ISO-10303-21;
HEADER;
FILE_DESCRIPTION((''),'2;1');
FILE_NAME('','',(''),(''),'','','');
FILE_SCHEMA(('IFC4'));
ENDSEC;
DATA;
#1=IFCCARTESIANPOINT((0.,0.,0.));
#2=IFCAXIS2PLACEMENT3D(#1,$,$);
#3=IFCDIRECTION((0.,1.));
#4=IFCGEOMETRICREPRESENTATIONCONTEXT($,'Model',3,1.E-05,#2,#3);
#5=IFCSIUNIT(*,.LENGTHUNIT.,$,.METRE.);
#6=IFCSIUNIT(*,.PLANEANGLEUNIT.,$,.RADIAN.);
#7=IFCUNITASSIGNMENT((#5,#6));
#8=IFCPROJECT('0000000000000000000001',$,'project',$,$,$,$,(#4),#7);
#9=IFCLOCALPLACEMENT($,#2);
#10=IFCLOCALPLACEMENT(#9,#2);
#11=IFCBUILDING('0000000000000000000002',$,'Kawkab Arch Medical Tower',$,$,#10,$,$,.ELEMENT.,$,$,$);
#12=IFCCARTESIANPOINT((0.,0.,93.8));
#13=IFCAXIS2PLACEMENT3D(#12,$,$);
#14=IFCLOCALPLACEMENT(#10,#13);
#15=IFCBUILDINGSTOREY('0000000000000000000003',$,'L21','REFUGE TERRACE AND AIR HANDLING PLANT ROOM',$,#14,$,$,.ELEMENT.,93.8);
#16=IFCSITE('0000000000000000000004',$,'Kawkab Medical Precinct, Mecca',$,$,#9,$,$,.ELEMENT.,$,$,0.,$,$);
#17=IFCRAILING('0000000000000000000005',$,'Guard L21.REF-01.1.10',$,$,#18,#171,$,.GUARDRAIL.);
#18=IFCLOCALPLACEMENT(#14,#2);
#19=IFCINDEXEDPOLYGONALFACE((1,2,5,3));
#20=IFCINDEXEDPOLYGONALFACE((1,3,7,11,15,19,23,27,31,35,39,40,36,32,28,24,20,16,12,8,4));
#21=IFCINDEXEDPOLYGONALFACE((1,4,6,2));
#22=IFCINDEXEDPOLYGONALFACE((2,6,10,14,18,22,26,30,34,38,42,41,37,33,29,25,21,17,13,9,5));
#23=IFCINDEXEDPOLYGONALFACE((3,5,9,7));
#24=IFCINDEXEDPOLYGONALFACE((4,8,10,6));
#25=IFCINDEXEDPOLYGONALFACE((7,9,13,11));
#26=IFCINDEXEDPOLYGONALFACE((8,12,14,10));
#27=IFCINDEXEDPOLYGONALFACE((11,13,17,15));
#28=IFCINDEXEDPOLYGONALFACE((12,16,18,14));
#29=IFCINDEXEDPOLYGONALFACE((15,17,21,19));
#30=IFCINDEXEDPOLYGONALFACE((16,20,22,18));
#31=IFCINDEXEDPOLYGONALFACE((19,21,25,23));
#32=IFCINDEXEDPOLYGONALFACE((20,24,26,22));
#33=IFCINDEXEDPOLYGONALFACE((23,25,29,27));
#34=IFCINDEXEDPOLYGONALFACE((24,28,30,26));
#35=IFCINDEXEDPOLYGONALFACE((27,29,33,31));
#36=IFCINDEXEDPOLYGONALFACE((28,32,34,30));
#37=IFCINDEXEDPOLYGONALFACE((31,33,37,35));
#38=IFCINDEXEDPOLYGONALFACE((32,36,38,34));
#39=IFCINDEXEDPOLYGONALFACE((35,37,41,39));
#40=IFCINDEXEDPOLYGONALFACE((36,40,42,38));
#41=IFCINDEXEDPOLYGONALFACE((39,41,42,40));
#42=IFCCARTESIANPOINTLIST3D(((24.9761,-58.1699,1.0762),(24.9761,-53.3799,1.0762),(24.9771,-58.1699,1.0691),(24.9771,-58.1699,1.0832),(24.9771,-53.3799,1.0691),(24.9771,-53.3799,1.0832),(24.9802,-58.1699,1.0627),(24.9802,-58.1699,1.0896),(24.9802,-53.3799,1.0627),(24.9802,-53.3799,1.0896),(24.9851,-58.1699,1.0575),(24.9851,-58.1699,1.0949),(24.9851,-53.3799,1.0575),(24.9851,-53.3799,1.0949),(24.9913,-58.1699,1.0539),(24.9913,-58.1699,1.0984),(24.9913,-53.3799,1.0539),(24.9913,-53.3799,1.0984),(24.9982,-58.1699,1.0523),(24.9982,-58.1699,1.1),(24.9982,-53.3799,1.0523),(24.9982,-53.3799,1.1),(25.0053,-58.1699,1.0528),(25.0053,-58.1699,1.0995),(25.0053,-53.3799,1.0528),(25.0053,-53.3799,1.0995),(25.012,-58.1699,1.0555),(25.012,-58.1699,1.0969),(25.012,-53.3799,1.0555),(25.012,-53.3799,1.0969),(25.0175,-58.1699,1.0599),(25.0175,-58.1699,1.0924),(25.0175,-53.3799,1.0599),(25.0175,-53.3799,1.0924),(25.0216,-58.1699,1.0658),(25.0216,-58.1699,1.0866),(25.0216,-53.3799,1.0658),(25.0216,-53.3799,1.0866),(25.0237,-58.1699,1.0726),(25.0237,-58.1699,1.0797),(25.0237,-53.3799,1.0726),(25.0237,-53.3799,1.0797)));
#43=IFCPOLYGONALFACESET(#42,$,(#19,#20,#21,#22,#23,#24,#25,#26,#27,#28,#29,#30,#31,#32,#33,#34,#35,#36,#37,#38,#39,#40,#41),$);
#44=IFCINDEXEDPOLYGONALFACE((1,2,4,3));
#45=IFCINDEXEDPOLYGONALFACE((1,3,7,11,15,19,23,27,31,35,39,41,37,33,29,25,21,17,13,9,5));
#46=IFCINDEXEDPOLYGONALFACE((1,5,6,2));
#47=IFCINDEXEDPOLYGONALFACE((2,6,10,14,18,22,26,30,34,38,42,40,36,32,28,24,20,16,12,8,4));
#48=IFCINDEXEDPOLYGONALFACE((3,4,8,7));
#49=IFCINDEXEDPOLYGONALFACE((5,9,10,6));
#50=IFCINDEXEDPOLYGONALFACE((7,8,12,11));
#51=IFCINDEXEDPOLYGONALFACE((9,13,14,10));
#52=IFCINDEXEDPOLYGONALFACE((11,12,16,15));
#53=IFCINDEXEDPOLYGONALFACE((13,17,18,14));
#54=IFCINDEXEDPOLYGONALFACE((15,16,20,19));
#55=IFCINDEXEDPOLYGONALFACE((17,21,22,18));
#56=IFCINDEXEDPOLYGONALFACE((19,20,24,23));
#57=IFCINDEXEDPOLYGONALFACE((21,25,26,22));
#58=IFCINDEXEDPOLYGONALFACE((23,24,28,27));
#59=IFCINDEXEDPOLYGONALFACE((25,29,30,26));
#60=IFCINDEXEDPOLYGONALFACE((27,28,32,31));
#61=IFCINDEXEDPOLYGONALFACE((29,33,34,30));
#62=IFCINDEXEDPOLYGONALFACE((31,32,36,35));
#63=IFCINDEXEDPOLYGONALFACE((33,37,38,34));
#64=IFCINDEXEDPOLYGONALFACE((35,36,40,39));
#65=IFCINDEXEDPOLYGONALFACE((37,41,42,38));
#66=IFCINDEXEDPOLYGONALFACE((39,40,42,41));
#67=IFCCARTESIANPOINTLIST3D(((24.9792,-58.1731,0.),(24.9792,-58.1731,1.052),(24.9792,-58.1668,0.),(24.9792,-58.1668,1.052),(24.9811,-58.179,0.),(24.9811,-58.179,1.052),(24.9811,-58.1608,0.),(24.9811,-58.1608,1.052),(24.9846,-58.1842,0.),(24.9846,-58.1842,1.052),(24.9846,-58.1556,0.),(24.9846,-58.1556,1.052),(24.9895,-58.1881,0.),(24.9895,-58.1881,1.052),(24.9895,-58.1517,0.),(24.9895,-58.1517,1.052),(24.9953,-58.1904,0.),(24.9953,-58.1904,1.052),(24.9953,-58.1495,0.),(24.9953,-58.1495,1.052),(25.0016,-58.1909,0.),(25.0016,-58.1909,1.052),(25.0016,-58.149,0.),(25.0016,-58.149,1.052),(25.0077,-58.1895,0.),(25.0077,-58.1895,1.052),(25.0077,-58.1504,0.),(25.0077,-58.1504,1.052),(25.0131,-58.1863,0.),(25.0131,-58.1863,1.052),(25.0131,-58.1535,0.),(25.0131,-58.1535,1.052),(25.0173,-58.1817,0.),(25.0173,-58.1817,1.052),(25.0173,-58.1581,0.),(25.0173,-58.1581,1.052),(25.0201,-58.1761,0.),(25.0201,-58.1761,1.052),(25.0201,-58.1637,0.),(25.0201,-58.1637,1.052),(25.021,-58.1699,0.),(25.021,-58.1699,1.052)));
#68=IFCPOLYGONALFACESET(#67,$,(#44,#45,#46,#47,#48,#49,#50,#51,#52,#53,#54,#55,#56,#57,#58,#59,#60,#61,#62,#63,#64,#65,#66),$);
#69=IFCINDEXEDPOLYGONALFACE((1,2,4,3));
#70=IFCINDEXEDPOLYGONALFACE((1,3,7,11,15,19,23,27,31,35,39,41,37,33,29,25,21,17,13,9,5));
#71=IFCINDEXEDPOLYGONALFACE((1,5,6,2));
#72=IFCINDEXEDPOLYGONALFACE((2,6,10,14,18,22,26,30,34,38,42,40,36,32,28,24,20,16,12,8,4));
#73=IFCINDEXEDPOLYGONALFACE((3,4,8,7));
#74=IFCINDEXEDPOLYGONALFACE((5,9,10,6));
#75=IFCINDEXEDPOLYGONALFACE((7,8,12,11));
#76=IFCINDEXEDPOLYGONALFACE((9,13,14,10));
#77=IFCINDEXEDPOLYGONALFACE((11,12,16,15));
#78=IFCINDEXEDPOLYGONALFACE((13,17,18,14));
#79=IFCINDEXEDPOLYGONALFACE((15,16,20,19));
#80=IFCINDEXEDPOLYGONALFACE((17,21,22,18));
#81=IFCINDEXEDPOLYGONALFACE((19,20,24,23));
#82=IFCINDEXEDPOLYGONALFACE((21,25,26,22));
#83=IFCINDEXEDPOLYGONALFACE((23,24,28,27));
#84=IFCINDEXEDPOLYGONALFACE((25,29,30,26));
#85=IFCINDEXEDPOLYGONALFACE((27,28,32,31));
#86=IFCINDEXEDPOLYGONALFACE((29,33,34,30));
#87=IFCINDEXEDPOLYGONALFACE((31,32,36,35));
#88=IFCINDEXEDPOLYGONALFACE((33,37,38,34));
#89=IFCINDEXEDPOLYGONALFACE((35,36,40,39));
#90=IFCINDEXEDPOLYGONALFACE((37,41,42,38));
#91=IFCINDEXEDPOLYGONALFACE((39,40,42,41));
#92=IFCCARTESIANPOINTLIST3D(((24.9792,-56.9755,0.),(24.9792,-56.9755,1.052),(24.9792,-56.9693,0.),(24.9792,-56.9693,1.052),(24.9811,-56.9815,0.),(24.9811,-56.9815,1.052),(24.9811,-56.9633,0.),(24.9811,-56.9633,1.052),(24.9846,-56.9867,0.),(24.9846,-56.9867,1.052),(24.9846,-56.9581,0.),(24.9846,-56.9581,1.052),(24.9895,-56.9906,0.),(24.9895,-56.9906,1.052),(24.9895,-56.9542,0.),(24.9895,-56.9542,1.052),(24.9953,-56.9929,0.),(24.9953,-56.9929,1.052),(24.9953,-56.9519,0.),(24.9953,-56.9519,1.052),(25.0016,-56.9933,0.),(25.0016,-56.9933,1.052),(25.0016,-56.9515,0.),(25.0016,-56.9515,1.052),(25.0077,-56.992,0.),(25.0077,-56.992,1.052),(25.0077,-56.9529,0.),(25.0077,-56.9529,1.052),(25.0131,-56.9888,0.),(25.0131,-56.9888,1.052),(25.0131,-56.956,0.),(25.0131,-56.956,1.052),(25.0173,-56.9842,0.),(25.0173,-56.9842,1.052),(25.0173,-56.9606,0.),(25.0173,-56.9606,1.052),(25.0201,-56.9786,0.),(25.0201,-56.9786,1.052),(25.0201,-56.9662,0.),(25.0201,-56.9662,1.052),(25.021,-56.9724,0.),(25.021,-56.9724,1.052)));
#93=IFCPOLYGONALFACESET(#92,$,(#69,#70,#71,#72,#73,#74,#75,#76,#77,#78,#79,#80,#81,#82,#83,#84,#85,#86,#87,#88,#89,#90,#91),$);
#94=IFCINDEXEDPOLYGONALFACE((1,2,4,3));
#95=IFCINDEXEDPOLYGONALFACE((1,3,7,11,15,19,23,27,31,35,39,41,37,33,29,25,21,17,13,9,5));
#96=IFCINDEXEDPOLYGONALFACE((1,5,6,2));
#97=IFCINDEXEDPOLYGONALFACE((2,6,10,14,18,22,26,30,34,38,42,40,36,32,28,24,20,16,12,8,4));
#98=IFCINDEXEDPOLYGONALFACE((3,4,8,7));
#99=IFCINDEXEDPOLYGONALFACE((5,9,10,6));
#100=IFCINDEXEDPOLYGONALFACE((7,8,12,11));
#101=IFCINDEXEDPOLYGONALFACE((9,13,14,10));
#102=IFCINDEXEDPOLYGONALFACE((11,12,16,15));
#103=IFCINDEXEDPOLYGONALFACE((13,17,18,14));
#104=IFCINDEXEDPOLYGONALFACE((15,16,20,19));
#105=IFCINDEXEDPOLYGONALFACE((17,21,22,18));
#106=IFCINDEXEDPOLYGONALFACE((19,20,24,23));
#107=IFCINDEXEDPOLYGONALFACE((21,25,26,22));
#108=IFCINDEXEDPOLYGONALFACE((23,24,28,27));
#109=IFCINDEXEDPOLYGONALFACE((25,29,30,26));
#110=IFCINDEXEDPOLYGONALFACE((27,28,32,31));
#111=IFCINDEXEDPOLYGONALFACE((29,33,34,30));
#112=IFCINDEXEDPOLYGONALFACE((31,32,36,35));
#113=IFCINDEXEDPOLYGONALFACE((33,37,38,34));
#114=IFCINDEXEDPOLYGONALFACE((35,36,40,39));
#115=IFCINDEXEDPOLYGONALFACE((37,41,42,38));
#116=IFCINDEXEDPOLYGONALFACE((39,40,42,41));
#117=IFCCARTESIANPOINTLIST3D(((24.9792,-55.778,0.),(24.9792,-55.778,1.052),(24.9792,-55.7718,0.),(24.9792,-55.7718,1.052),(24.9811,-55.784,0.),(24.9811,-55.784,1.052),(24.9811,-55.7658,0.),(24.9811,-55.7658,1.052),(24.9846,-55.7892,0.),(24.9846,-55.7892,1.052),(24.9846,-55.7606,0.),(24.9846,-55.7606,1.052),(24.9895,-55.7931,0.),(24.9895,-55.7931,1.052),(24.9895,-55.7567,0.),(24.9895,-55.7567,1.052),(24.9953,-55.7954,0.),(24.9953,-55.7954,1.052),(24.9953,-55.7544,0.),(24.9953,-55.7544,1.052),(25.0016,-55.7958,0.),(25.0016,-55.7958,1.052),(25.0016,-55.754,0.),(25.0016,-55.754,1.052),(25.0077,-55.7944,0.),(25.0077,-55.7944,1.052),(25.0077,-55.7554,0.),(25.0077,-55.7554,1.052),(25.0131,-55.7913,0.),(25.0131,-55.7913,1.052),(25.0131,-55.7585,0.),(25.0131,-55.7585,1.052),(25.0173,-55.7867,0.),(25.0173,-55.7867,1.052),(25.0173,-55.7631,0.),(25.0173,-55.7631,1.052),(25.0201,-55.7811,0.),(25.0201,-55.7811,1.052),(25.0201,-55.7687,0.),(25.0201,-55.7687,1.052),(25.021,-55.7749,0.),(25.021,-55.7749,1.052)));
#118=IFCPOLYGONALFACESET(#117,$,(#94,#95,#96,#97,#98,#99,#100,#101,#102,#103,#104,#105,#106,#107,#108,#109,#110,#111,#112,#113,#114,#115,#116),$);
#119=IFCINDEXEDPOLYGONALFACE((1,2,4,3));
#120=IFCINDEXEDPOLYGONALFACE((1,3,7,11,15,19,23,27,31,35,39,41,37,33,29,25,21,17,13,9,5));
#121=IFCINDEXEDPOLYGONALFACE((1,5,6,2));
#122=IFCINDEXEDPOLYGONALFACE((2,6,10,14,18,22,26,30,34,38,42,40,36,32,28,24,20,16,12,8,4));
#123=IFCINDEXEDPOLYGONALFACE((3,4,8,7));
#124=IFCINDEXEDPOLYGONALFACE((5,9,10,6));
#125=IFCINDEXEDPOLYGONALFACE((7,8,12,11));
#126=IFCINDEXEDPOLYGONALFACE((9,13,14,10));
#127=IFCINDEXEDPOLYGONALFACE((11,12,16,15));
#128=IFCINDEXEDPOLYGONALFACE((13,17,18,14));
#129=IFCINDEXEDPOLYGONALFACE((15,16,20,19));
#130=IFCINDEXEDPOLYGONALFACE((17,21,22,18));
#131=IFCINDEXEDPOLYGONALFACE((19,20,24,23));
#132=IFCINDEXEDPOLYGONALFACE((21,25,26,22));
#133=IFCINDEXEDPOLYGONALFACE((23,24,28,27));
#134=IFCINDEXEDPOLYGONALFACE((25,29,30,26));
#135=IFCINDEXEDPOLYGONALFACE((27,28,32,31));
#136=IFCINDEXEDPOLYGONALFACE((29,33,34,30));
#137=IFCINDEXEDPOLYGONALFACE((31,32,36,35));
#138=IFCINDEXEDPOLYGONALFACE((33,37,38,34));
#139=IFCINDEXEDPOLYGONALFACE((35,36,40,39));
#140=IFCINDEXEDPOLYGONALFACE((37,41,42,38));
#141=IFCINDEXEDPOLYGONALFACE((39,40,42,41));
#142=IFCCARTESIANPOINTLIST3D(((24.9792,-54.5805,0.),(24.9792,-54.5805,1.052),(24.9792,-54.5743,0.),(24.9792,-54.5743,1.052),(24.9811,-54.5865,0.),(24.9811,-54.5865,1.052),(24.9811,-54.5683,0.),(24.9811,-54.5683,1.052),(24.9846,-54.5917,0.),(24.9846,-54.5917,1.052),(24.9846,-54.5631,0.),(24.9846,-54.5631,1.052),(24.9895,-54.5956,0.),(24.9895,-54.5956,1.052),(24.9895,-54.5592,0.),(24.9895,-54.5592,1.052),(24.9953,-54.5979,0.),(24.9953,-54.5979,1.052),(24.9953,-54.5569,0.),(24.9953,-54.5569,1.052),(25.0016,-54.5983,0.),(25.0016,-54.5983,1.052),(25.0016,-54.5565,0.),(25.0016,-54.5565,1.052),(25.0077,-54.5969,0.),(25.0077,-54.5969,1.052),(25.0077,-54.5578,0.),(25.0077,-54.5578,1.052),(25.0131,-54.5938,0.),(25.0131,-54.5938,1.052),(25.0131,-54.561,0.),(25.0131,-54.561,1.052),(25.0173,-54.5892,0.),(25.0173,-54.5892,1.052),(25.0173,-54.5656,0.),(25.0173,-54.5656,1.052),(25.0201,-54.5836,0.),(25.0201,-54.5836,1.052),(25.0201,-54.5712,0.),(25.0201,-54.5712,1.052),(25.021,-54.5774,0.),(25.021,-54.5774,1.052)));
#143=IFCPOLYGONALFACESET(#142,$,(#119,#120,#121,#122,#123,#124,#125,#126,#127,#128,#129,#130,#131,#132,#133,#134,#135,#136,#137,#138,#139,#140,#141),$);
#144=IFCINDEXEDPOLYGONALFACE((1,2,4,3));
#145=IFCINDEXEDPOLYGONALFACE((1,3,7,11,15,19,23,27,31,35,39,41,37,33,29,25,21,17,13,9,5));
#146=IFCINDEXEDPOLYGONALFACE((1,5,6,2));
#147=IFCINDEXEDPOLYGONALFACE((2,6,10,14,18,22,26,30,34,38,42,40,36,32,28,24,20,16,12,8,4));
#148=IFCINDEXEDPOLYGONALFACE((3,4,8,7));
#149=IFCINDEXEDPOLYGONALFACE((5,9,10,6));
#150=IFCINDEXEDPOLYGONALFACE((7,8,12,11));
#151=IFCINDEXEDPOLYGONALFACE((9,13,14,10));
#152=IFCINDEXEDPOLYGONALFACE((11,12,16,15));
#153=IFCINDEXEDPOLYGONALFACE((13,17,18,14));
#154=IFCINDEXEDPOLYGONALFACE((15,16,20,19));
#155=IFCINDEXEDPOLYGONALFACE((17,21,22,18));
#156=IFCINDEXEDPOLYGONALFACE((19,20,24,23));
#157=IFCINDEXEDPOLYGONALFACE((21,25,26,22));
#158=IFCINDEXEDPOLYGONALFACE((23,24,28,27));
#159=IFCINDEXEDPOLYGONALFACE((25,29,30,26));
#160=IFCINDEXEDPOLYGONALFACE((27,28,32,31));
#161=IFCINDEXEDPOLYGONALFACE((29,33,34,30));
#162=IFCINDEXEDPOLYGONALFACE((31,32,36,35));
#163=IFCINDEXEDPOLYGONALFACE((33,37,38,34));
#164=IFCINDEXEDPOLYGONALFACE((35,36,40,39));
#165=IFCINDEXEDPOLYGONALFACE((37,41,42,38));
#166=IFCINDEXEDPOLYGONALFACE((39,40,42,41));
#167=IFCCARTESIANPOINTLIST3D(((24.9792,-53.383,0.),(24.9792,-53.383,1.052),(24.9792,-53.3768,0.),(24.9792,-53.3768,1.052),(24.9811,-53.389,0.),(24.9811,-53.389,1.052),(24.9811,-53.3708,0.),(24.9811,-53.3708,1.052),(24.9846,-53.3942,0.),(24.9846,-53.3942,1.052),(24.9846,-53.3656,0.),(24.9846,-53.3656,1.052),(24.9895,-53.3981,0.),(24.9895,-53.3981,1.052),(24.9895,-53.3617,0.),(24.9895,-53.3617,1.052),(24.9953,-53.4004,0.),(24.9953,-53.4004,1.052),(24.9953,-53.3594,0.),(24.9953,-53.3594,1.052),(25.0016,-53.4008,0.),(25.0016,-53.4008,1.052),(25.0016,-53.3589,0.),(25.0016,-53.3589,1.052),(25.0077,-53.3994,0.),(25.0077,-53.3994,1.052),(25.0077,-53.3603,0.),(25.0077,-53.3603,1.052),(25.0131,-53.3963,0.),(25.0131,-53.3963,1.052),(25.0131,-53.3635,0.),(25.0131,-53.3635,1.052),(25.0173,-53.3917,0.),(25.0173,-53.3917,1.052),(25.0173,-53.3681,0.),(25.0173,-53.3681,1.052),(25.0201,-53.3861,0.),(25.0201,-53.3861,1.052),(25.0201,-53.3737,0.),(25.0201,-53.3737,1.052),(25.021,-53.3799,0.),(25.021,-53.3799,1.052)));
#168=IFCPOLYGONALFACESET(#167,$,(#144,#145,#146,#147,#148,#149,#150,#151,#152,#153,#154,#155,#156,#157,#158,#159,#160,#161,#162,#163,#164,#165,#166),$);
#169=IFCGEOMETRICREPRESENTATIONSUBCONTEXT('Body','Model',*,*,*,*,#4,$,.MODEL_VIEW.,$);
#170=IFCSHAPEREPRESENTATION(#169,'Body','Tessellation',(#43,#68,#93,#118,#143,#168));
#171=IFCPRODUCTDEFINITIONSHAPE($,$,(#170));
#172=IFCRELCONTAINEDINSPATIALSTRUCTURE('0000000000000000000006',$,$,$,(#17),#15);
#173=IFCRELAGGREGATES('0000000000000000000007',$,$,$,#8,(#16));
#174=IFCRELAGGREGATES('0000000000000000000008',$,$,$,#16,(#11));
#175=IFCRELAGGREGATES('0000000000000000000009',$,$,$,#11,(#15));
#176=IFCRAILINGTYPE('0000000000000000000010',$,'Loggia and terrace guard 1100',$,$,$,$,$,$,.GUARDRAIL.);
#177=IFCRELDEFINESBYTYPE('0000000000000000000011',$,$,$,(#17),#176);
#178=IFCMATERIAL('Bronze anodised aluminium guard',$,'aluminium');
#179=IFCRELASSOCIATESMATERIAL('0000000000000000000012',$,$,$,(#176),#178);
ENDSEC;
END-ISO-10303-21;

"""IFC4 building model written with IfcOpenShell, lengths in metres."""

from ifc_helpers import new_model, si_unit, direction, frame, origin, origin_2d, place, context, subcontext, project, spatial, circle, extrude, material, type_object, element, save


model = new_model("IFC4")

# Units and contexts
model_context = context("Model", 3, precision=1e-05, world=origin(), true_north=direction((0.0, 1.0)))
body_context = subcontext(model_context, "Body", "Model", "MODEL_VIEW")
ifc_project = project(units=[si_unit("LENGTHUNIT", "METRE"), si_unit("PLANEANGLEUNIT", "RADIAN")], contexts=[model_context])

# Site, building, storey
site_placement = place(None, origin())
site = spatial("IfcSite", under=ifc_project, at=site_placement, Name="Kawkab Medical Precinct, Mecca", CompositionType="ELEMENT", RefElevation=0.0)
building_placement = place(site_placement, origin())
building = spatial("IfcBuilding", under=site, at=building_placement, Name="Kawkab Arch Medical Tower", CompositionType="ELEMENT")
storey_placement = place(building_placement, frame((0.0, 0.0, 93.8)))
storey = spatial("IfcBuildingStorey", under=building, at=storey_placement, Name="L21", Description="REFUGE TERRACE AND AIR HANDLING PLANT ROOM", CompositionType="ELEMENT", Elevation=93.8)

# Railing
ifc_material_1 = material(Name="Bronze anodised aluminium guard", Category="aluminium")
railing_type = type_object("IfcRailingType", Name="Loggia and terrace guard 1100", PredefinedType="GUARDRAIL", material=ifc_material_1)
railing_1_placement = place(storey_placement, frame((25.0, -58.1699, 0.0)))
element("IfcRailing", 1, at=railing_1_placement, inside=storey, type_object=railing_type, Name="Guard L21.REF-01.1.10", PredefinedType="GUARDRAIL", context=body_context, shape_type="SweptSolid", body=[
    extrude(circle(Radius=0.0239, at=origin_2d()), frame((0.0, 0.0, 1.0762), z_axis=(0.0, 1.0, 0.0), x_axis=(-1.0, 0.0, 0.0)), (0.0, 0.0, 1.0), 4.79),
    extrude(circle(Radius=0.021, at=origin_2d()), origin(), (0.0, 0.0, 1.0), 1.052),
    extrude(circle(Radius=0.021, at=origin_2d()), frame((0.0, 1.1975, 0.0)), (0.0, 0.0, 1.0), 1.052),
    extrude(circle(Radius=0.021, at=origin_2d()), frame((0.0, 2.395, 0.0)), (0.0, 0.0, 1.0), 1.052),
    extrude(circle(Radius=0.021, at=origin_2d()), frame((0.0, 3.5925, 0.0)), (0.0, 0.0, 1.0), 1.052),
    extrude(circle(Radius=0.021, at=origin_2d()), frame((0.0, 4.79, 0.0)), (0.0, 0.0, 1.0), 1.052),
])

save(model, "model.ifc")
